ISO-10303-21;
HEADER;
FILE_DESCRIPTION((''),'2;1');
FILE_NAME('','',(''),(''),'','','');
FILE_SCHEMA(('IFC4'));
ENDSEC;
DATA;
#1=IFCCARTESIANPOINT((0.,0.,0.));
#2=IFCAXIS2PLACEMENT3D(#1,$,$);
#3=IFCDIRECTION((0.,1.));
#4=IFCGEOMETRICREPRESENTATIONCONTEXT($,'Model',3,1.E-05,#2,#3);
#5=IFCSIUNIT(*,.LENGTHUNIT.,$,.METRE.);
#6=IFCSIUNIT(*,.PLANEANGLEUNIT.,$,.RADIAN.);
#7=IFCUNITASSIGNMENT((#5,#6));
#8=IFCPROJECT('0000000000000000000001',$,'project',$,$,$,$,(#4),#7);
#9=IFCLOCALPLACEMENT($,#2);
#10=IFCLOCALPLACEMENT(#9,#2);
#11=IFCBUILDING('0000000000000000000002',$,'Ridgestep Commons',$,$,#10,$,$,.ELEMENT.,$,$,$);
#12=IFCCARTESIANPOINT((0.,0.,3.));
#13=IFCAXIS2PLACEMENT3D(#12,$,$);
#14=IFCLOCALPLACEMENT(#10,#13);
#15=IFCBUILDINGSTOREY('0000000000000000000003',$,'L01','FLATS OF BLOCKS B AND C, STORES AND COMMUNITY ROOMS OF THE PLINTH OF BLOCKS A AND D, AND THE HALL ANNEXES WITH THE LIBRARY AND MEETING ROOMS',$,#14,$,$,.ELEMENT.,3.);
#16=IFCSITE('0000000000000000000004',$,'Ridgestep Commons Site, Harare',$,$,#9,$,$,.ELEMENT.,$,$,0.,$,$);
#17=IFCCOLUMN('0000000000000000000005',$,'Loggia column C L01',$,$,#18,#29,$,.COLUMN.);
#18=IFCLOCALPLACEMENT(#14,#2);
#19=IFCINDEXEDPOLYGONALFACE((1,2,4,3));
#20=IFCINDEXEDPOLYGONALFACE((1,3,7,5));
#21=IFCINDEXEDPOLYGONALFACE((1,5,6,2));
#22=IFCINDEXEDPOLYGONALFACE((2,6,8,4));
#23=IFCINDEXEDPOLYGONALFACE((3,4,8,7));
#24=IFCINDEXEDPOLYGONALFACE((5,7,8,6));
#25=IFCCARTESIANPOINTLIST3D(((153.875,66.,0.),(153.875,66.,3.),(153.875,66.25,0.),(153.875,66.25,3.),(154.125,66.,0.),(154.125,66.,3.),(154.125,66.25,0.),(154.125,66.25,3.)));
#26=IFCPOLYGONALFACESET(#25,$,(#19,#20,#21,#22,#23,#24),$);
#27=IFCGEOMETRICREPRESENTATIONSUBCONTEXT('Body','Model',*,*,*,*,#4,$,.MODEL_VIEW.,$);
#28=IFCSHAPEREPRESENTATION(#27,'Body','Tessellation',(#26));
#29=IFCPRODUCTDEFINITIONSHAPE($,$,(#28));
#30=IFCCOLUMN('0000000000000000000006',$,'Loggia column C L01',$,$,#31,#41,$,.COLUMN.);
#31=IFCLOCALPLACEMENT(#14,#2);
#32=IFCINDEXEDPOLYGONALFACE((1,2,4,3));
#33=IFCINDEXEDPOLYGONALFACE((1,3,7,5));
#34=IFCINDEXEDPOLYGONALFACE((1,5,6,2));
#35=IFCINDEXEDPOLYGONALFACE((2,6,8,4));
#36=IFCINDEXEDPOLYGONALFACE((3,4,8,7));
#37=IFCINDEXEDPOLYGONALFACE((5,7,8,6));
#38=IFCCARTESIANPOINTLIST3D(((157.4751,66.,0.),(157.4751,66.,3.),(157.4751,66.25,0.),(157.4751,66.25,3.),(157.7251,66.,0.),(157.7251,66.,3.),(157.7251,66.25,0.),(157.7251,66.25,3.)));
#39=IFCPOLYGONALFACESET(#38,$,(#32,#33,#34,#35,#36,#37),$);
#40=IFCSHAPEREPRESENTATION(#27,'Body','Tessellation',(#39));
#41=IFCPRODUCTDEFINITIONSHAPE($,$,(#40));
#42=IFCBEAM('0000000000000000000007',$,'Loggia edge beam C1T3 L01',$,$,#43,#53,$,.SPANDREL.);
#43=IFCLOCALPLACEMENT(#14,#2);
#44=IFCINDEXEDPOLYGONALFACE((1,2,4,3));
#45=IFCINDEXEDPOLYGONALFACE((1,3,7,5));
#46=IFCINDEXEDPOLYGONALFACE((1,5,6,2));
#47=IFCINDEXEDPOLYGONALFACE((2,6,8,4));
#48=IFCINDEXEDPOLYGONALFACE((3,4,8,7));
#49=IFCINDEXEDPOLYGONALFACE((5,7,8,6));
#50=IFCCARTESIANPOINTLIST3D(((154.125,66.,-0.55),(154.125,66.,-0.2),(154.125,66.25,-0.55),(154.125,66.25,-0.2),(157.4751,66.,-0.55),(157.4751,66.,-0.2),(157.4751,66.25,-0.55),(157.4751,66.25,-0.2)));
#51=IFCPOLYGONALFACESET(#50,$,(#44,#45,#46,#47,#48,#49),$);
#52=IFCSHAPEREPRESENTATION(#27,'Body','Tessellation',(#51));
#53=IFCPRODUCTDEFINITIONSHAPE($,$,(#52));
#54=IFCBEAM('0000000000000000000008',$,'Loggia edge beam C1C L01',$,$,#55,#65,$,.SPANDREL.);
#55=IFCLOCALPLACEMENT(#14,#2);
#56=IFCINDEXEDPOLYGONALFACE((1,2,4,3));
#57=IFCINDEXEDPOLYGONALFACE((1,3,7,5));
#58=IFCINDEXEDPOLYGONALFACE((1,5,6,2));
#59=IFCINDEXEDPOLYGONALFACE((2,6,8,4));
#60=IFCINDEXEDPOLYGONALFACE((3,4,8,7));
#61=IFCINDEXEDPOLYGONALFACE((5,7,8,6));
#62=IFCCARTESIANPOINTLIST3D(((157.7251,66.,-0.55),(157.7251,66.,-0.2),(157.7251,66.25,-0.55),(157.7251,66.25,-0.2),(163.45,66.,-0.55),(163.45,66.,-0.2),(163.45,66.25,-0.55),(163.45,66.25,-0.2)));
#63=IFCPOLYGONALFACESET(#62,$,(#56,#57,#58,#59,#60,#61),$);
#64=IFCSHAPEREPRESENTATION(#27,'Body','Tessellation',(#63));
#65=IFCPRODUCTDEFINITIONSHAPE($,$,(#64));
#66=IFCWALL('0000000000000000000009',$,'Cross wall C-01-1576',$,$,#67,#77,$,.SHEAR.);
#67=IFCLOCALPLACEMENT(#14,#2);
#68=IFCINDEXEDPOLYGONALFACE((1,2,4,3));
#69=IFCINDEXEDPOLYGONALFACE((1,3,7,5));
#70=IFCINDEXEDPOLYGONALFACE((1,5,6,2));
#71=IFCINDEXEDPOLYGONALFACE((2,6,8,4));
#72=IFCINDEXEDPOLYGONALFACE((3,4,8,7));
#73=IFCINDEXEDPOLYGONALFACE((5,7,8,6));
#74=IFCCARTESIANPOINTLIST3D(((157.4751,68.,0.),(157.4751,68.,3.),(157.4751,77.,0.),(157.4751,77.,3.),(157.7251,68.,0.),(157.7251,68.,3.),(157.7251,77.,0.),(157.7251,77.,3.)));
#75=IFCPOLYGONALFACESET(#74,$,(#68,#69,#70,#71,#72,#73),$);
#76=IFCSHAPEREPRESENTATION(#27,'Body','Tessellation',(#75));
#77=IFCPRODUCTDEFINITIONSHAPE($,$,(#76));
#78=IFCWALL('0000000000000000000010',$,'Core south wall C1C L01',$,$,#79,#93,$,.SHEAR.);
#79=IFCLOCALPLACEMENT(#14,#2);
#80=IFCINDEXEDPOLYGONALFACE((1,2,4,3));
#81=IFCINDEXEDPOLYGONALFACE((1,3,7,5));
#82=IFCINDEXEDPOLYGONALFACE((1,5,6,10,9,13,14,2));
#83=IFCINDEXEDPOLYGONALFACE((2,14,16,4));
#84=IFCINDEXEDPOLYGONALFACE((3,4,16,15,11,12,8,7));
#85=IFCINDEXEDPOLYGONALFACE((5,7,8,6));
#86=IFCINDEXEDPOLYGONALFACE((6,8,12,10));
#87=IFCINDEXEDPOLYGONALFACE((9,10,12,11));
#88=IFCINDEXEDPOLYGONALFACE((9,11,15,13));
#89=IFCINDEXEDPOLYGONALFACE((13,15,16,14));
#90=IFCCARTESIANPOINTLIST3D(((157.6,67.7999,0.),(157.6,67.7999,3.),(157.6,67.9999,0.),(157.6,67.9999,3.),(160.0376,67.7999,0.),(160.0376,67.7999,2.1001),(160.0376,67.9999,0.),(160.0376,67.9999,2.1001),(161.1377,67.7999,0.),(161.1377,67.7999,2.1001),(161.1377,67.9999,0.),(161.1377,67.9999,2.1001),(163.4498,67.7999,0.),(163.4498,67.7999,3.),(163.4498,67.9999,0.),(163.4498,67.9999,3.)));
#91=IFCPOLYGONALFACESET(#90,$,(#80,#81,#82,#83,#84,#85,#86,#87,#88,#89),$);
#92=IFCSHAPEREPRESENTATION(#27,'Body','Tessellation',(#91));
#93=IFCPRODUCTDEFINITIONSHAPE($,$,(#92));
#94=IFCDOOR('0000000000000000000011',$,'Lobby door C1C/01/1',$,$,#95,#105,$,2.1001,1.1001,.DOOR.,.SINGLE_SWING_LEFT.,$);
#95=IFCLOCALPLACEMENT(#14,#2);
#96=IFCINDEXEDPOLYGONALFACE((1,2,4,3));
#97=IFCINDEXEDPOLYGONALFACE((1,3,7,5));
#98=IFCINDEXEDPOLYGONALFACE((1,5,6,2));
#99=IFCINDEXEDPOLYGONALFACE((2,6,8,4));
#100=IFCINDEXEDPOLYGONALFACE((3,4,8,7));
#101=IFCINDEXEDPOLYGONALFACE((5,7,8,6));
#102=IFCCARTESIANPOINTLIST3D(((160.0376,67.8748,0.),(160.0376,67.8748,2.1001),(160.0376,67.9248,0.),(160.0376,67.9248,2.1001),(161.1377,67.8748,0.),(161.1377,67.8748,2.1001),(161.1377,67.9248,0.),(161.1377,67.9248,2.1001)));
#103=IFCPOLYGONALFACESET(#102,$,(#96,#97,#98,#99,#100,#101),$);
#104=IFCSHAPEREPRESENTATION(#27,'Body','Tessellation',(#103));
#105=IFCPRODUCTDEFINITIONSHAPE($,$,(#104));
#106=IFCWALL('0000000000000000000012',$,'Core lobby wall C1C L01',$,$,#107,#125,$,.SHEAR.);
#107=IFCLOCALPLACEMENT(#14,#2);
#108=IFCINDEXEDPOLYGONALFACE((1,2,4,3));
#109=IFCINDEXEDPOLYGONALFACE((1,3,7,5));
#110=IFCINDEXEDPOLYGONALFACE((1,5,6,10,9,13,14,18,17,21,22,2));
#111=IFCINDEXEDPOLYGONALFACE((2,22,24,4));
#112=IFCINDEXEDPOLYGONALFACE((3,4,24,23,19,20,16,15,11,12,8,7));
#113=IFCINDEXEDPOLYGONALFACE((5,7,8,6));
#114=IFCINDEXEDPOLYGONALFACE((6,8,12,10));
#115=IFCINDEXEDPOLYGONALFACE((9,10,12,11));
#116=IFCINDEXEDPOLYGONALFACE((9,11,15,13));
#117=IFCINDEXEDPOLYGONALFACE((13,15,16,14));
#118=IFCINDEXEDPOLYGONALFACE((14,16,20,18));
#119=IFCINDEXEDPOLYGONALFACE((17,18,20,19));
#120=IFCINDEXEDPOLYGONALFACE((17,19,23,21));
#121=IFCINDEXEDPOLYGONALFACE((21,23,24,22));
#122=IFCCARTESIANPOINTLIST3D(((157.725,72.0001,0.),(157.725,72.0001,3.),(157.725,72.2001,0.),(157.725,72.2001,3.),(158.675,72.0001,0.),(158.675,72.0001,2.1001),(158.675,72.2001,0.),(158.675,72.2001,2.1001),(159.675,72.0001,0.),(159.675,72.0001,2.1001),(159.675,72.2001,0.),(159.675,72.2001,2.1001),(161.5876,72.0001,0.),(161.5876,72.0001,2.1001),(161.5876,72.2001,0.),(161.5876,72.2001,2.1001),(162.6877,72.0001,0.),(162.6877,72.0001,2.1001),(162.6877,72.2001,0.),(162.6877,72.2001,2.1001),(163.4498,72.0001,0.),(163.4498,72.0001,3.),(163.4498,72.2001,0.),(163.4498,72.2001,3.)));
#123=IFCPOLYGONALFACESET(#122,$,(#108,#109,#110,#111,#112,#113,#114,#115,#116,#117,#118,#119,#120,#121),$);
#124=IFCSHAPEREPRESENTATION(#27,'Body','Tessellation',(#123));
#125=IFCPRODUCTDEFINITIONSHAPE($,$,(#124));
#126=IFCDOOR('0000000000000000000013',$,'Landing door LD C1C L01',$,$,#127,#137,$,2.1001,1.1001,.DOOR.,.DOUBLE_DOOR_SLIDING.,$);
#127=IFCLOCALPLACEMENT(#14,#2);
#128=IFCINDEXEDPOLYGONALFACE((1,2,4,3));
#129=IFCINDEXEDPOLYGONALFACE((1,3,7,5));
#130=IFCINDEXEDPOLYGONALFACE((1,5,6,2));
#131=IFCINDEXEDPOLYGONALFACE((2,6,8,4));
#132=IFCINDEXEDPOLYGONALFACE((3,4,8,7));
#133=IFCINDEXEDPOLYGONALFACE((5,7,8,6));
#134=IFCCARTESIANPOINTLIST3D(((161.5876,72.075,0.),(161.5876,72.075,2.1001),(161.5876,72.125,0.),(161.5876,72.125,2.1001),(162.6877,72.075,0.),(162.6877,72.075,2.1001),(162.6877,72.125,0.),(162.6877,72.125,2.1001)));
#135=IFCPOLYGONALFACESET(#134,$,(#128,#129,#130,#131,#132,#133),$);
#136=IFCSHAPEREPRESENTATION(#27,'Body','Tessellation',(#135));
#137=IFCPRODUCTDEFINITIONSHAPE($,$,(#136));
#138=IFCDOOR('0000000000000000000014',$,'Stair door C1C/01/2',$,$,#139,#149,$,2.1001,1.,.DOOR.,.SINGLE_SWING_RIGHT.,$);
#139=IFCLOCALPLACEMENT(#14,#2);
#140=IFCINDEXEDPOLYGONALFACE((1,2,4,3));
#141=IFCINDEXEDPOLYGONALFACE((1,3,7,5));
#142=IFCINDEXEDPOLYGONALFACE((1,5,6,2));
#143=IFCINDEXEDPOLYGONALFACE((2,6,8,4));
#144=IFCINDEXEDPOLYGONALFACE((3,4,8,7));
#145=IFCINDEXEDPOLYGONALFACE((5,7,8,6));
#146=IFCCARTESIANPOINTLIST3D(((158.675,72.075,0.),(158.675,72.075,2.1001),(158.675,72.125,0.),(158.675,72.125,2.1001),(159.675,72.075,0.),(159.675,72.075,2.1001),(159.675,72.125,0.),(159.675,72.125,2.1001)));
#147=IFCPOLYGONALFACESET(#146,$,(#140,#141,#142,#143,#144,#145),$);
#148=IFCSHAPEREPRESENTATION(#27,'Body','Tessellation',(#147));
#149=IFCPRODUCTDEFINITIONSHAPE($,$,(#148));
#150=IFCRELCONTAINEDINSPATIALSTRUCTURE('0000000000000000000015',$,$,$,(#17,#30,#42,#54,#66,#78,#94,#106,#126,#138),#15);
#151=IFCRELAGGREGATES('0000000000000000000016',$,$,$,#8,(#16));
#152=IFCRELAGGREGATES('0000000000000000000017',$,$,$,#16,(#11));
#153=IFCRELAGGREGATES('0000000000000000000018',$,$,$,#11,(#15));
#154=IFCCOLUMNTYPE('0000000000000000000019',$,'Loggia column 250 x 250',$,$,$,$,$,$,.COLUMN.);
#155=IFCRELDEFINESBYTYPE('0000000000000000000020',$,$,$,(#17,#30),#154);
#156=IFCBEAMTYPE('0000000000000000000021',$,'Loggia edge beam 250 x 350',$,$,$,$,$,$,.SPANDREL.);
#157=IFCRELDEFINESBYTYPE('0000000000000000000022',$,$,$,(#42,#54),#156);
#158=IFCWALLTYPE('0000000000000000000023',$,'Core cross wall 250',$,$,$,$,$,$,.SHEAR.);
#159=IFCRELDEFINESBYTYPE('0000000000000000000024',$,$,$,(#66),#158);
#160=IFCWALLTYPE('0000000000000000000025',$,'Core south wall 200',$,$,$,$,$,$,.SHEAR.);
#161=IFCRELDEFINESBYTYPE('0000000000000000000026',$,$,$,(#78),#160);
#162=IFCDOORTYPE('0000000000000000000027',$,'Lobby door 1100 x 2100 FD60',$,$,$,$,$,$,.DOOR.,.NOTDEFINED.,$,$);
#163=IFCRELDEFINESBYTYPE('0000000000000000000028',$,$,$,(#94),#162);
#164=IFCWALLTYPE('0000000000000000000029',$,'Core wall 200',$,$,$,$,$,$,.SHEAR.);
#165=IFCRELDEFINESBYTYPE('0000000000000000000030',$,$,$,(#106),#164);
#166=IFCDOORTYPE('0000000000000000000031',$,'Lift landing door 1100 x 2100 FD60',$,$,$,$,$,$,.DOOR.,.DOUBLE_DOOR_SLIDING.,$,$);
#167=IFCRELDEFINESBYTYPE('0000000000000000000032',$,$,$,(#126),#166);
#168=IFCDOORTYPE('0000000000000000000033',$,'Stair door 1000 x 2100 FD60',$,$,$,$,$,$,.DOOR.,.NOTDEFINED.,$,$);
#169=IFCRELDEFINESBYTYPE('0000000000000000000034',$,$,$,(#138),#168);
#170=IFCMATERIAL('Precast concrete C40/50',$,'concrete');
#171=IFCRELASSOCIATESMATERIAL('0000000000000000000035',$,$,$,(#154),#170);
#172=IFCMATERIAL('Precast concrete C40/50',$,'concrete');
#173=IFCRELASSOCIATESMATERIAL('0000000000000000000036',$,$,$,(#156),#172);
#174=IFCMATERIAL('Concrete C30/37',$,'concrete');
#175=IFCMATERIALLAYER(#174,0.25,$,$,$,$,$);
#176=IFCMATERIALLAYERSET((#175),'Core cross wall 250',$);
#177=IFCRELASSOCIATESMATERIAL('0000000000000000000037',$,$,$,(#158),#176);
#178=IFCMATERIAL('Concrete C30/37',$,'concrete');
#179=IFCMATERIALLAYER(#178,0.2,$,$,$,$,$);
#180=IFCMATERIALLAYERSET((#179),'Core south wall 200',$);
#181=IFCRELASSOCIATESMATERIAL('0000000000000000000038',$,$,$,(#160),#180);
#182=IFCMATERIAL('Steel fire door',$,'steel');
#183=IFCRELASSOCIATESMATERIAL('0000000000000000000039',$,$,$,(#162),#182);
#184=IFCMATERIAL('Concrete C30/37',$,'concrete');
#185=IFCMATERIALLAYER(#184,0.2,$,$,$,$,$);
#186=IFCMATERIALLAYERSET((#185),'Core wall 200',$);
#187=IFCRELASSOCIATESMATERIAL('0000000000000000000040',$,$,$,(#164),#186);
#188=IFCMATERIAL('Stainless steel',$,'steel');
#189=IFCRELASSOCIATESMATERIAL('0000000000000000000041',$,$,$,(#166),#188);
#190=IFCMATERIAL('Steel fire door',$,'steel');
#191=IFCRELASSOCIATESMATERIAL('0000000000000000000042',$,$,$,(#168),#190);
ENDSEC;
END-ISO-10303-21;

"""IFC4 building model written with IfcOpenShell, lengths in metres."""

from ifc_helpers import new_model, si_unit, direction, frame, frame_2d, origin, origin_2d, place, context, subcontext, project, spatial, rectangle, extrude, material, layer, layer_set, material_profile, profile_set, type_object, element, fill, save


model = new_model("IFC4")

# Units and contexts
model_context = context("Model", 3, precision=1e-05, world=origin(), true_north=direction((0.0, 1.0)))
body_context = subcontext(model_context, "Body", "Model", "MODEL_VIEW")
ifc_project = project(units=[si_unit("LENGTHUNIT", "METRE"), si_unit("PLANEANGLEUNIT", "RADIAN")], contexts=[model_context])

# Site, building, storey
site_placement = place(None, origin())
site = spatial("IfcSite", under=ifc_project, at=site_placement, Name="Ridgestep Commons Site, Harare", CompositionType="ELEMENT", RefElevation=0.0)
building_placement = place(site_placement, origin())
building = spatial("IfcBuilding", under=site, at=building_placement, Name="Ridgestep Commons", CompositionType="ELEMENT")
storey_placement = place(building_placement, frame((0.0, 0.0, 3.0)))
storey = spatial("IfcBuildingStorey", under=building, at=storey_placement, Name="L01", Description="FLATS OF BLOCKS B AND C, STORES AND COMMUNITY ROOMS OF THE PLINTH OF BLOCKS A AND D, AND THE HALL ANNEXES WITH THE LIBRARY AND MEETING ROOMS", CompositionType="ELEMENT", Elevation=3.0)

# Columns
ifc_material_1 = material(Name="Precast concrete C40/50", Category="concrete")
ifc_material_profile_1 = material_profile(ifc_material_1, rectangle(XDim=0.25, YDim=0.25, at=origin_2d()), Name="PC 250x250")
ifc_profile_set_1 = profile_set([ifc_material_profile_1], Name="Precast concrete C40/50")
column_type = type_object("IfcColumnType", Name="Loggia column 250 x 250", PredefinedType="COLUMN", material=ifc_profile_set_1)
for number, where, z_axis, x_axis, name in (
    (1, (154.0, 66.125, 0.0), (0.0, 0.0, 1.0), (1.0, 0.0, 0.0), "Loggia column C L01"),
    (2, (157.6001, 66.125, 0.0), (0.0, 0.0, 1.0), (1.0, 0.0, 0.0), "Loggia column C L01"),
):
    element("IfcColumn", number, at=place(storey_placement, frame(where, z_axis=z_axis, x_axis=x_axis)), inside=storey, type_object=column_type, Name=name, PredefinedType="COLUMN", context=body_context, shape_type="SweptSolid", body=[
        extrude(rectangle(XDim=0.25, YDim=0.25, at=origin_2d()), origin(), (0.0, 0.0, 1.0), 3.0),
    ])

# Beams
ifc_material_2 = material(Name="Precast concrete C40/50", Category="concrete")
ifc_material_profile_2 = material_profile(ifc_material_2, rectangle(XDim=0.25, YDim=0.3501, at=origin_2d()), Name="PC 250x350")
ifc_profile_set_2 = profile_set([ifc_material_profile_2], Name="Precast concrete C40/50")
beam_type = type_object("IfcBeamType", Name="Loggia edge beam 250 x 350", PredefinedType="SPANDREL", material=ifc_profile_set_2)
beam_1_placement = place(storey_placement, frame((154.125, 66.125, -0.375), z_axis=(1.0, 0.0, 0.0), x_axis=(0.0, 1.0, 0.0)))
element("IfcBeam", 3, at=beam_1_placement, inside=storey, type_object=beam_type, Name="Loggia edge beam C1T3 L01", PredefinedType="SPANDREL", context=body_context, shape_type="SweptSolid", body=[
    extrude(rectangle(XDim=0.25, YDim=0.3501, at=origin_2d()), origin(), (0.0, 0.0, 1.0), 3.3501),
])
beam_2_placement = place(storey_placement, frame((157.7251, 66.125, -0.375), z_axis=(1.0, 0.0, 0.0), x_axis=(0.0, 1.0, 0.0)))
element("IfcBeam", 4, at=beam_2_placement, inside=storey, type_object=beam_type, Name="Loggia edge beam C1C L01", PredefinedType="SPANDREL", context=body_context, shape_type="SweptSolid", body=[
    extrude(rectangle(XDim=0.25, YDim=0.3501, at=origin_2d()), origin(), (0.0, 0.0, 1.0), 5.7249),
])

# Wall
ifc_material_3 = material(Name="Concrete C30/37", Category="concrete")
ifc_layer_1 = layer(ifc_material_3, 0.25)
ifc_layer_set_1 = layer_set([ifc_layer_1], Name="Core cross wall 250")
wall_type_1 = type_object("IfcWallType", Name="Core cross wall 250", PredefinedType="SHEAR", material=ifc_layer_set_1)
wall_1_placement = place(storey_placement, frame((157.6001, 68.0, 0.0), z_axis=(0.0, 0.0, 1.0), x_axis=(0.0, 1.0, 0.0)))
element("IfcWall", 5, at=wall_1_placement, inside=storey, type_object=wall_type_1, Name="Cross wall C-01-1576", PredefinedType="SHEAR", context=body_context, shape_type="SweptSolid", body=[
    extrude(rectangle(XDim=9.0, YDim=0.25, at=frame_2d((4.5, 0.0))), origin(), (0.0, 0.0, 1.0), 3.0),
])

# Wall, opening, door
ifc_material_4 = material(Name="Concrete C30/37", Category="concrete")
ifc_layer_2 = layer(ifc_material_4, 0.2)
ifc_layer_set_2 = layer_set([ifc_layer_2], Name="Core south wall 200")
wall_type_2 = type_object("IfcWallType", Name="Core south wall 200", PredefinedType="SHEAR", material=ifc_layer_set_2)
wall_2_placement = place(storey_placement, frame((157.6001, 67.8999, 0.0), z_axis=(0.0, 0.0, 1.0), x_axis=(1.0, 0.0, 0.0)))
wall_2 = element("IfcWall", 6, at=wall_2_placement, inside=storey, type_object=wall_type_2, Name="Core south wall C1C L01", PredefinedType="SHEAR", context=body_context, shape_type="SweptSolid", body=[
    extrude(rectangle(XDim=5.8499, YDim=0.2, at=frame_2d((2.9248, 0.0))), origin(), (0.0, 0.0, 1.0), 3.0),
])
opening_1_placement = place(wall_2_placement, frame((2.4375, 0.0, 0.0)))
opening_1 = element("IfcOpeningElement", 7, at=opening_1_placement, cuts=wall_2, PredefinedType="OPENING", context=body_context, shape_type="SweptSolid", body=[
    extrude(rectangle(XDim=1.1001, YDim=2.1001, at=frame_2d((0.55, 1.05))), frame((0.0, 0.1099, 0.0), z_axis=(0.0, -1.0, 0.0), x_axis=(1.0, 0.0, 0.0)), (0.0, 0.0, 1.0), 0.22),
])
ifc_material_5 = material(Name="Steel fire door", Category="steel")
door_type_1 = type_object("IfcDoorType", Name="Lobby door 1100 x 2100 FD60", OperationType="NOTDEFINED", PredefinedType="DOOR", material=ifc_material_5)
door_1_placement = place(opening_1_placement, origin())
door_1 = element("IfcDoor", 8, at=door_1_placement, inside=storey, type_object=door_type_1, Name="Lobby door C1C/01/1", OperationType="SINGLE_SWING_LEFT", OverallHeight=2.1001, OverallWidth=1.1001, PredefinedType="DOOR", context=body_context, shape_type="SweptSolid", body=[
    extrude(rectangle(XDim=1.1001, YDim=2.1001, at=frame_2d((0.55, 1.05))), frame((0.0, 0.0249, 0.0), z_axis=(0.0, -1.0, 0.0), x_axis=(1.0, 0.0, 0.0)), (0.0, 0.0, 1.0), 0.05),
])
fill(opening_1, door_1)

# Wall, openings, doors
ifc_material_6 = material(Name="Concrete C30/37", Category="concrete")
ifc_layer_3 = layer(ifc_material_6, 0.2)
ifc_layer_set_3 = layer_set([ifc_layer_3], Name="Core wall 200")
wall_type_3 = type_object("IfcWallType", Name="Core wall 200", PredefinedType="SHEAR", material=ifc_layer_set_3)
wall_3_placement = place(storey_placement, frame((157.7251, 72.1001, 0.0), z_axis=(0.0, 0.0, 1.0), x_axis=(1.0, 0.0, 0.0)))
wall_3 = element("IfcWall", 9, at=wall_3_placement, inside=storey, type_object=wall_type_3, Name="Core lobby wall C1C L01", PredefinedType="SHEAR", context=body_context, shape_type="SweptSolid", body=[
    extrude(rectangle(XDim=5.7249, YDim=0.2, at=frame_2d((2.8623, 0.0))), origin(), (0.0, 0.0, 1.0), 3.0),
])
opening_2_placement = place(wall_3_placement, frame((0.95, 0.0, 0.0)))
opening_2 = element("IfcOpeningElement", 10, at=opening_2_placement, cuts=wall_3, PredefinedType="OPENING", context=body_context, shape_type="SweptSolid", body=[
    extrude(rectangle(XDim=1.0, YDim=2.1001, at=frame_2d((0.5, 1.05))), frame((0.0, 0.1099, 0.0), z_axis=(0.0, -1.0, 0.0), x_axis=(1.0, 0.0, 0.0)), (0.0, 0.0, 1.0), 0.22),
])
opening_3_placement = place(wall_3_placement, frame((3.8625, 0.0, 0.0)))
opening_3 = element("IfcOpeningElement", 11, at=opening_3_placement, cuts=wall_3, PredefinedType="OPENING", context=body_context, shape_type="SweptSolid", body=[
    extrude(rectangle(XDim=1.1001, YDim=2.1001, at=frame_2d((0.55, 1.05))), frame((0.0, 0.1099, 0.0), z_axis=(0.0, -1.0, 0.0), x_axis=(1.0, 0.0, 0.0)), (0.0, 0.0, 1.0), 0.22),
])
ifc_material_7 = material(Name="Stainless steel", Category="steel")
door_type_2 = type_object("IfcDoorType", Name="Lift landing door 1100 x 2100 FD60", OperationType="DOUBLE_DOOR_SLIDING", PredefinedType="DOOR", material=ifc_material_7)
door_2_placement = place(opening_3_placement, origin())
door_2 = element("IfcDoor", 12, at=door_2_placement, inside=storey, type_object=door_type_2, Name="Landing door LD C1C L01", OperationType="DOUBLE_DOOR_SLIDING", OverallHeight=2.1001, OverallWidth=1.1001, PredefinedType="DOOR", context=body_context, shape_type="SweptSolid", body=[
    extrude(rectangle(XDim=1.1001, YDim=2.1001, at=frame_2d((0.55, 1.05))), frame((0.0, 0.0249, 0.0), z_axis=(0.0, -1.0, 0.0), x_axis=(1.0, 0.0, 0.0)), (0.0, 0.0, 1.0), 0.05),
])
fill(opening_3, door_2)
ifc_material_8 = material(Name="Steel fire door", Category="steel")
door_type_3 = type_object("IfcDoorType", Name="Stair door 1000 x 2100 FD60", OperationType="NOTDEFINED", PredefinedType="DOOR", material=ifc_material_8)
door_3_placement = place(opening_2_placement, origin())
door_3 = element("IfcDoor", 13, at=door_3_placement, inside=storey, type_object=door_type_3, Name="Stair door C1C/01/2", OperationType="SINGLE_SWING_RIGHT", OverallHeight=2.1001, OverallWidth=1.0, PredefinedType="DOOR", context=body_context, shape_type="SweptSolid", body=[
    extrude(rectangle(XDim=1.0, YDim=2.1001, at=frame_2d((0.5, 1.05))), frame((0.0, 0.0249, 0.0), z_axis=(0.0, -1.0, 0.0), x_axis=(1.0, 0.0, 0.0)), (0.0, 0.0, 1.0), 0.05),
])
fill(opening_2, door_3)

save(model, "model.ifc")
